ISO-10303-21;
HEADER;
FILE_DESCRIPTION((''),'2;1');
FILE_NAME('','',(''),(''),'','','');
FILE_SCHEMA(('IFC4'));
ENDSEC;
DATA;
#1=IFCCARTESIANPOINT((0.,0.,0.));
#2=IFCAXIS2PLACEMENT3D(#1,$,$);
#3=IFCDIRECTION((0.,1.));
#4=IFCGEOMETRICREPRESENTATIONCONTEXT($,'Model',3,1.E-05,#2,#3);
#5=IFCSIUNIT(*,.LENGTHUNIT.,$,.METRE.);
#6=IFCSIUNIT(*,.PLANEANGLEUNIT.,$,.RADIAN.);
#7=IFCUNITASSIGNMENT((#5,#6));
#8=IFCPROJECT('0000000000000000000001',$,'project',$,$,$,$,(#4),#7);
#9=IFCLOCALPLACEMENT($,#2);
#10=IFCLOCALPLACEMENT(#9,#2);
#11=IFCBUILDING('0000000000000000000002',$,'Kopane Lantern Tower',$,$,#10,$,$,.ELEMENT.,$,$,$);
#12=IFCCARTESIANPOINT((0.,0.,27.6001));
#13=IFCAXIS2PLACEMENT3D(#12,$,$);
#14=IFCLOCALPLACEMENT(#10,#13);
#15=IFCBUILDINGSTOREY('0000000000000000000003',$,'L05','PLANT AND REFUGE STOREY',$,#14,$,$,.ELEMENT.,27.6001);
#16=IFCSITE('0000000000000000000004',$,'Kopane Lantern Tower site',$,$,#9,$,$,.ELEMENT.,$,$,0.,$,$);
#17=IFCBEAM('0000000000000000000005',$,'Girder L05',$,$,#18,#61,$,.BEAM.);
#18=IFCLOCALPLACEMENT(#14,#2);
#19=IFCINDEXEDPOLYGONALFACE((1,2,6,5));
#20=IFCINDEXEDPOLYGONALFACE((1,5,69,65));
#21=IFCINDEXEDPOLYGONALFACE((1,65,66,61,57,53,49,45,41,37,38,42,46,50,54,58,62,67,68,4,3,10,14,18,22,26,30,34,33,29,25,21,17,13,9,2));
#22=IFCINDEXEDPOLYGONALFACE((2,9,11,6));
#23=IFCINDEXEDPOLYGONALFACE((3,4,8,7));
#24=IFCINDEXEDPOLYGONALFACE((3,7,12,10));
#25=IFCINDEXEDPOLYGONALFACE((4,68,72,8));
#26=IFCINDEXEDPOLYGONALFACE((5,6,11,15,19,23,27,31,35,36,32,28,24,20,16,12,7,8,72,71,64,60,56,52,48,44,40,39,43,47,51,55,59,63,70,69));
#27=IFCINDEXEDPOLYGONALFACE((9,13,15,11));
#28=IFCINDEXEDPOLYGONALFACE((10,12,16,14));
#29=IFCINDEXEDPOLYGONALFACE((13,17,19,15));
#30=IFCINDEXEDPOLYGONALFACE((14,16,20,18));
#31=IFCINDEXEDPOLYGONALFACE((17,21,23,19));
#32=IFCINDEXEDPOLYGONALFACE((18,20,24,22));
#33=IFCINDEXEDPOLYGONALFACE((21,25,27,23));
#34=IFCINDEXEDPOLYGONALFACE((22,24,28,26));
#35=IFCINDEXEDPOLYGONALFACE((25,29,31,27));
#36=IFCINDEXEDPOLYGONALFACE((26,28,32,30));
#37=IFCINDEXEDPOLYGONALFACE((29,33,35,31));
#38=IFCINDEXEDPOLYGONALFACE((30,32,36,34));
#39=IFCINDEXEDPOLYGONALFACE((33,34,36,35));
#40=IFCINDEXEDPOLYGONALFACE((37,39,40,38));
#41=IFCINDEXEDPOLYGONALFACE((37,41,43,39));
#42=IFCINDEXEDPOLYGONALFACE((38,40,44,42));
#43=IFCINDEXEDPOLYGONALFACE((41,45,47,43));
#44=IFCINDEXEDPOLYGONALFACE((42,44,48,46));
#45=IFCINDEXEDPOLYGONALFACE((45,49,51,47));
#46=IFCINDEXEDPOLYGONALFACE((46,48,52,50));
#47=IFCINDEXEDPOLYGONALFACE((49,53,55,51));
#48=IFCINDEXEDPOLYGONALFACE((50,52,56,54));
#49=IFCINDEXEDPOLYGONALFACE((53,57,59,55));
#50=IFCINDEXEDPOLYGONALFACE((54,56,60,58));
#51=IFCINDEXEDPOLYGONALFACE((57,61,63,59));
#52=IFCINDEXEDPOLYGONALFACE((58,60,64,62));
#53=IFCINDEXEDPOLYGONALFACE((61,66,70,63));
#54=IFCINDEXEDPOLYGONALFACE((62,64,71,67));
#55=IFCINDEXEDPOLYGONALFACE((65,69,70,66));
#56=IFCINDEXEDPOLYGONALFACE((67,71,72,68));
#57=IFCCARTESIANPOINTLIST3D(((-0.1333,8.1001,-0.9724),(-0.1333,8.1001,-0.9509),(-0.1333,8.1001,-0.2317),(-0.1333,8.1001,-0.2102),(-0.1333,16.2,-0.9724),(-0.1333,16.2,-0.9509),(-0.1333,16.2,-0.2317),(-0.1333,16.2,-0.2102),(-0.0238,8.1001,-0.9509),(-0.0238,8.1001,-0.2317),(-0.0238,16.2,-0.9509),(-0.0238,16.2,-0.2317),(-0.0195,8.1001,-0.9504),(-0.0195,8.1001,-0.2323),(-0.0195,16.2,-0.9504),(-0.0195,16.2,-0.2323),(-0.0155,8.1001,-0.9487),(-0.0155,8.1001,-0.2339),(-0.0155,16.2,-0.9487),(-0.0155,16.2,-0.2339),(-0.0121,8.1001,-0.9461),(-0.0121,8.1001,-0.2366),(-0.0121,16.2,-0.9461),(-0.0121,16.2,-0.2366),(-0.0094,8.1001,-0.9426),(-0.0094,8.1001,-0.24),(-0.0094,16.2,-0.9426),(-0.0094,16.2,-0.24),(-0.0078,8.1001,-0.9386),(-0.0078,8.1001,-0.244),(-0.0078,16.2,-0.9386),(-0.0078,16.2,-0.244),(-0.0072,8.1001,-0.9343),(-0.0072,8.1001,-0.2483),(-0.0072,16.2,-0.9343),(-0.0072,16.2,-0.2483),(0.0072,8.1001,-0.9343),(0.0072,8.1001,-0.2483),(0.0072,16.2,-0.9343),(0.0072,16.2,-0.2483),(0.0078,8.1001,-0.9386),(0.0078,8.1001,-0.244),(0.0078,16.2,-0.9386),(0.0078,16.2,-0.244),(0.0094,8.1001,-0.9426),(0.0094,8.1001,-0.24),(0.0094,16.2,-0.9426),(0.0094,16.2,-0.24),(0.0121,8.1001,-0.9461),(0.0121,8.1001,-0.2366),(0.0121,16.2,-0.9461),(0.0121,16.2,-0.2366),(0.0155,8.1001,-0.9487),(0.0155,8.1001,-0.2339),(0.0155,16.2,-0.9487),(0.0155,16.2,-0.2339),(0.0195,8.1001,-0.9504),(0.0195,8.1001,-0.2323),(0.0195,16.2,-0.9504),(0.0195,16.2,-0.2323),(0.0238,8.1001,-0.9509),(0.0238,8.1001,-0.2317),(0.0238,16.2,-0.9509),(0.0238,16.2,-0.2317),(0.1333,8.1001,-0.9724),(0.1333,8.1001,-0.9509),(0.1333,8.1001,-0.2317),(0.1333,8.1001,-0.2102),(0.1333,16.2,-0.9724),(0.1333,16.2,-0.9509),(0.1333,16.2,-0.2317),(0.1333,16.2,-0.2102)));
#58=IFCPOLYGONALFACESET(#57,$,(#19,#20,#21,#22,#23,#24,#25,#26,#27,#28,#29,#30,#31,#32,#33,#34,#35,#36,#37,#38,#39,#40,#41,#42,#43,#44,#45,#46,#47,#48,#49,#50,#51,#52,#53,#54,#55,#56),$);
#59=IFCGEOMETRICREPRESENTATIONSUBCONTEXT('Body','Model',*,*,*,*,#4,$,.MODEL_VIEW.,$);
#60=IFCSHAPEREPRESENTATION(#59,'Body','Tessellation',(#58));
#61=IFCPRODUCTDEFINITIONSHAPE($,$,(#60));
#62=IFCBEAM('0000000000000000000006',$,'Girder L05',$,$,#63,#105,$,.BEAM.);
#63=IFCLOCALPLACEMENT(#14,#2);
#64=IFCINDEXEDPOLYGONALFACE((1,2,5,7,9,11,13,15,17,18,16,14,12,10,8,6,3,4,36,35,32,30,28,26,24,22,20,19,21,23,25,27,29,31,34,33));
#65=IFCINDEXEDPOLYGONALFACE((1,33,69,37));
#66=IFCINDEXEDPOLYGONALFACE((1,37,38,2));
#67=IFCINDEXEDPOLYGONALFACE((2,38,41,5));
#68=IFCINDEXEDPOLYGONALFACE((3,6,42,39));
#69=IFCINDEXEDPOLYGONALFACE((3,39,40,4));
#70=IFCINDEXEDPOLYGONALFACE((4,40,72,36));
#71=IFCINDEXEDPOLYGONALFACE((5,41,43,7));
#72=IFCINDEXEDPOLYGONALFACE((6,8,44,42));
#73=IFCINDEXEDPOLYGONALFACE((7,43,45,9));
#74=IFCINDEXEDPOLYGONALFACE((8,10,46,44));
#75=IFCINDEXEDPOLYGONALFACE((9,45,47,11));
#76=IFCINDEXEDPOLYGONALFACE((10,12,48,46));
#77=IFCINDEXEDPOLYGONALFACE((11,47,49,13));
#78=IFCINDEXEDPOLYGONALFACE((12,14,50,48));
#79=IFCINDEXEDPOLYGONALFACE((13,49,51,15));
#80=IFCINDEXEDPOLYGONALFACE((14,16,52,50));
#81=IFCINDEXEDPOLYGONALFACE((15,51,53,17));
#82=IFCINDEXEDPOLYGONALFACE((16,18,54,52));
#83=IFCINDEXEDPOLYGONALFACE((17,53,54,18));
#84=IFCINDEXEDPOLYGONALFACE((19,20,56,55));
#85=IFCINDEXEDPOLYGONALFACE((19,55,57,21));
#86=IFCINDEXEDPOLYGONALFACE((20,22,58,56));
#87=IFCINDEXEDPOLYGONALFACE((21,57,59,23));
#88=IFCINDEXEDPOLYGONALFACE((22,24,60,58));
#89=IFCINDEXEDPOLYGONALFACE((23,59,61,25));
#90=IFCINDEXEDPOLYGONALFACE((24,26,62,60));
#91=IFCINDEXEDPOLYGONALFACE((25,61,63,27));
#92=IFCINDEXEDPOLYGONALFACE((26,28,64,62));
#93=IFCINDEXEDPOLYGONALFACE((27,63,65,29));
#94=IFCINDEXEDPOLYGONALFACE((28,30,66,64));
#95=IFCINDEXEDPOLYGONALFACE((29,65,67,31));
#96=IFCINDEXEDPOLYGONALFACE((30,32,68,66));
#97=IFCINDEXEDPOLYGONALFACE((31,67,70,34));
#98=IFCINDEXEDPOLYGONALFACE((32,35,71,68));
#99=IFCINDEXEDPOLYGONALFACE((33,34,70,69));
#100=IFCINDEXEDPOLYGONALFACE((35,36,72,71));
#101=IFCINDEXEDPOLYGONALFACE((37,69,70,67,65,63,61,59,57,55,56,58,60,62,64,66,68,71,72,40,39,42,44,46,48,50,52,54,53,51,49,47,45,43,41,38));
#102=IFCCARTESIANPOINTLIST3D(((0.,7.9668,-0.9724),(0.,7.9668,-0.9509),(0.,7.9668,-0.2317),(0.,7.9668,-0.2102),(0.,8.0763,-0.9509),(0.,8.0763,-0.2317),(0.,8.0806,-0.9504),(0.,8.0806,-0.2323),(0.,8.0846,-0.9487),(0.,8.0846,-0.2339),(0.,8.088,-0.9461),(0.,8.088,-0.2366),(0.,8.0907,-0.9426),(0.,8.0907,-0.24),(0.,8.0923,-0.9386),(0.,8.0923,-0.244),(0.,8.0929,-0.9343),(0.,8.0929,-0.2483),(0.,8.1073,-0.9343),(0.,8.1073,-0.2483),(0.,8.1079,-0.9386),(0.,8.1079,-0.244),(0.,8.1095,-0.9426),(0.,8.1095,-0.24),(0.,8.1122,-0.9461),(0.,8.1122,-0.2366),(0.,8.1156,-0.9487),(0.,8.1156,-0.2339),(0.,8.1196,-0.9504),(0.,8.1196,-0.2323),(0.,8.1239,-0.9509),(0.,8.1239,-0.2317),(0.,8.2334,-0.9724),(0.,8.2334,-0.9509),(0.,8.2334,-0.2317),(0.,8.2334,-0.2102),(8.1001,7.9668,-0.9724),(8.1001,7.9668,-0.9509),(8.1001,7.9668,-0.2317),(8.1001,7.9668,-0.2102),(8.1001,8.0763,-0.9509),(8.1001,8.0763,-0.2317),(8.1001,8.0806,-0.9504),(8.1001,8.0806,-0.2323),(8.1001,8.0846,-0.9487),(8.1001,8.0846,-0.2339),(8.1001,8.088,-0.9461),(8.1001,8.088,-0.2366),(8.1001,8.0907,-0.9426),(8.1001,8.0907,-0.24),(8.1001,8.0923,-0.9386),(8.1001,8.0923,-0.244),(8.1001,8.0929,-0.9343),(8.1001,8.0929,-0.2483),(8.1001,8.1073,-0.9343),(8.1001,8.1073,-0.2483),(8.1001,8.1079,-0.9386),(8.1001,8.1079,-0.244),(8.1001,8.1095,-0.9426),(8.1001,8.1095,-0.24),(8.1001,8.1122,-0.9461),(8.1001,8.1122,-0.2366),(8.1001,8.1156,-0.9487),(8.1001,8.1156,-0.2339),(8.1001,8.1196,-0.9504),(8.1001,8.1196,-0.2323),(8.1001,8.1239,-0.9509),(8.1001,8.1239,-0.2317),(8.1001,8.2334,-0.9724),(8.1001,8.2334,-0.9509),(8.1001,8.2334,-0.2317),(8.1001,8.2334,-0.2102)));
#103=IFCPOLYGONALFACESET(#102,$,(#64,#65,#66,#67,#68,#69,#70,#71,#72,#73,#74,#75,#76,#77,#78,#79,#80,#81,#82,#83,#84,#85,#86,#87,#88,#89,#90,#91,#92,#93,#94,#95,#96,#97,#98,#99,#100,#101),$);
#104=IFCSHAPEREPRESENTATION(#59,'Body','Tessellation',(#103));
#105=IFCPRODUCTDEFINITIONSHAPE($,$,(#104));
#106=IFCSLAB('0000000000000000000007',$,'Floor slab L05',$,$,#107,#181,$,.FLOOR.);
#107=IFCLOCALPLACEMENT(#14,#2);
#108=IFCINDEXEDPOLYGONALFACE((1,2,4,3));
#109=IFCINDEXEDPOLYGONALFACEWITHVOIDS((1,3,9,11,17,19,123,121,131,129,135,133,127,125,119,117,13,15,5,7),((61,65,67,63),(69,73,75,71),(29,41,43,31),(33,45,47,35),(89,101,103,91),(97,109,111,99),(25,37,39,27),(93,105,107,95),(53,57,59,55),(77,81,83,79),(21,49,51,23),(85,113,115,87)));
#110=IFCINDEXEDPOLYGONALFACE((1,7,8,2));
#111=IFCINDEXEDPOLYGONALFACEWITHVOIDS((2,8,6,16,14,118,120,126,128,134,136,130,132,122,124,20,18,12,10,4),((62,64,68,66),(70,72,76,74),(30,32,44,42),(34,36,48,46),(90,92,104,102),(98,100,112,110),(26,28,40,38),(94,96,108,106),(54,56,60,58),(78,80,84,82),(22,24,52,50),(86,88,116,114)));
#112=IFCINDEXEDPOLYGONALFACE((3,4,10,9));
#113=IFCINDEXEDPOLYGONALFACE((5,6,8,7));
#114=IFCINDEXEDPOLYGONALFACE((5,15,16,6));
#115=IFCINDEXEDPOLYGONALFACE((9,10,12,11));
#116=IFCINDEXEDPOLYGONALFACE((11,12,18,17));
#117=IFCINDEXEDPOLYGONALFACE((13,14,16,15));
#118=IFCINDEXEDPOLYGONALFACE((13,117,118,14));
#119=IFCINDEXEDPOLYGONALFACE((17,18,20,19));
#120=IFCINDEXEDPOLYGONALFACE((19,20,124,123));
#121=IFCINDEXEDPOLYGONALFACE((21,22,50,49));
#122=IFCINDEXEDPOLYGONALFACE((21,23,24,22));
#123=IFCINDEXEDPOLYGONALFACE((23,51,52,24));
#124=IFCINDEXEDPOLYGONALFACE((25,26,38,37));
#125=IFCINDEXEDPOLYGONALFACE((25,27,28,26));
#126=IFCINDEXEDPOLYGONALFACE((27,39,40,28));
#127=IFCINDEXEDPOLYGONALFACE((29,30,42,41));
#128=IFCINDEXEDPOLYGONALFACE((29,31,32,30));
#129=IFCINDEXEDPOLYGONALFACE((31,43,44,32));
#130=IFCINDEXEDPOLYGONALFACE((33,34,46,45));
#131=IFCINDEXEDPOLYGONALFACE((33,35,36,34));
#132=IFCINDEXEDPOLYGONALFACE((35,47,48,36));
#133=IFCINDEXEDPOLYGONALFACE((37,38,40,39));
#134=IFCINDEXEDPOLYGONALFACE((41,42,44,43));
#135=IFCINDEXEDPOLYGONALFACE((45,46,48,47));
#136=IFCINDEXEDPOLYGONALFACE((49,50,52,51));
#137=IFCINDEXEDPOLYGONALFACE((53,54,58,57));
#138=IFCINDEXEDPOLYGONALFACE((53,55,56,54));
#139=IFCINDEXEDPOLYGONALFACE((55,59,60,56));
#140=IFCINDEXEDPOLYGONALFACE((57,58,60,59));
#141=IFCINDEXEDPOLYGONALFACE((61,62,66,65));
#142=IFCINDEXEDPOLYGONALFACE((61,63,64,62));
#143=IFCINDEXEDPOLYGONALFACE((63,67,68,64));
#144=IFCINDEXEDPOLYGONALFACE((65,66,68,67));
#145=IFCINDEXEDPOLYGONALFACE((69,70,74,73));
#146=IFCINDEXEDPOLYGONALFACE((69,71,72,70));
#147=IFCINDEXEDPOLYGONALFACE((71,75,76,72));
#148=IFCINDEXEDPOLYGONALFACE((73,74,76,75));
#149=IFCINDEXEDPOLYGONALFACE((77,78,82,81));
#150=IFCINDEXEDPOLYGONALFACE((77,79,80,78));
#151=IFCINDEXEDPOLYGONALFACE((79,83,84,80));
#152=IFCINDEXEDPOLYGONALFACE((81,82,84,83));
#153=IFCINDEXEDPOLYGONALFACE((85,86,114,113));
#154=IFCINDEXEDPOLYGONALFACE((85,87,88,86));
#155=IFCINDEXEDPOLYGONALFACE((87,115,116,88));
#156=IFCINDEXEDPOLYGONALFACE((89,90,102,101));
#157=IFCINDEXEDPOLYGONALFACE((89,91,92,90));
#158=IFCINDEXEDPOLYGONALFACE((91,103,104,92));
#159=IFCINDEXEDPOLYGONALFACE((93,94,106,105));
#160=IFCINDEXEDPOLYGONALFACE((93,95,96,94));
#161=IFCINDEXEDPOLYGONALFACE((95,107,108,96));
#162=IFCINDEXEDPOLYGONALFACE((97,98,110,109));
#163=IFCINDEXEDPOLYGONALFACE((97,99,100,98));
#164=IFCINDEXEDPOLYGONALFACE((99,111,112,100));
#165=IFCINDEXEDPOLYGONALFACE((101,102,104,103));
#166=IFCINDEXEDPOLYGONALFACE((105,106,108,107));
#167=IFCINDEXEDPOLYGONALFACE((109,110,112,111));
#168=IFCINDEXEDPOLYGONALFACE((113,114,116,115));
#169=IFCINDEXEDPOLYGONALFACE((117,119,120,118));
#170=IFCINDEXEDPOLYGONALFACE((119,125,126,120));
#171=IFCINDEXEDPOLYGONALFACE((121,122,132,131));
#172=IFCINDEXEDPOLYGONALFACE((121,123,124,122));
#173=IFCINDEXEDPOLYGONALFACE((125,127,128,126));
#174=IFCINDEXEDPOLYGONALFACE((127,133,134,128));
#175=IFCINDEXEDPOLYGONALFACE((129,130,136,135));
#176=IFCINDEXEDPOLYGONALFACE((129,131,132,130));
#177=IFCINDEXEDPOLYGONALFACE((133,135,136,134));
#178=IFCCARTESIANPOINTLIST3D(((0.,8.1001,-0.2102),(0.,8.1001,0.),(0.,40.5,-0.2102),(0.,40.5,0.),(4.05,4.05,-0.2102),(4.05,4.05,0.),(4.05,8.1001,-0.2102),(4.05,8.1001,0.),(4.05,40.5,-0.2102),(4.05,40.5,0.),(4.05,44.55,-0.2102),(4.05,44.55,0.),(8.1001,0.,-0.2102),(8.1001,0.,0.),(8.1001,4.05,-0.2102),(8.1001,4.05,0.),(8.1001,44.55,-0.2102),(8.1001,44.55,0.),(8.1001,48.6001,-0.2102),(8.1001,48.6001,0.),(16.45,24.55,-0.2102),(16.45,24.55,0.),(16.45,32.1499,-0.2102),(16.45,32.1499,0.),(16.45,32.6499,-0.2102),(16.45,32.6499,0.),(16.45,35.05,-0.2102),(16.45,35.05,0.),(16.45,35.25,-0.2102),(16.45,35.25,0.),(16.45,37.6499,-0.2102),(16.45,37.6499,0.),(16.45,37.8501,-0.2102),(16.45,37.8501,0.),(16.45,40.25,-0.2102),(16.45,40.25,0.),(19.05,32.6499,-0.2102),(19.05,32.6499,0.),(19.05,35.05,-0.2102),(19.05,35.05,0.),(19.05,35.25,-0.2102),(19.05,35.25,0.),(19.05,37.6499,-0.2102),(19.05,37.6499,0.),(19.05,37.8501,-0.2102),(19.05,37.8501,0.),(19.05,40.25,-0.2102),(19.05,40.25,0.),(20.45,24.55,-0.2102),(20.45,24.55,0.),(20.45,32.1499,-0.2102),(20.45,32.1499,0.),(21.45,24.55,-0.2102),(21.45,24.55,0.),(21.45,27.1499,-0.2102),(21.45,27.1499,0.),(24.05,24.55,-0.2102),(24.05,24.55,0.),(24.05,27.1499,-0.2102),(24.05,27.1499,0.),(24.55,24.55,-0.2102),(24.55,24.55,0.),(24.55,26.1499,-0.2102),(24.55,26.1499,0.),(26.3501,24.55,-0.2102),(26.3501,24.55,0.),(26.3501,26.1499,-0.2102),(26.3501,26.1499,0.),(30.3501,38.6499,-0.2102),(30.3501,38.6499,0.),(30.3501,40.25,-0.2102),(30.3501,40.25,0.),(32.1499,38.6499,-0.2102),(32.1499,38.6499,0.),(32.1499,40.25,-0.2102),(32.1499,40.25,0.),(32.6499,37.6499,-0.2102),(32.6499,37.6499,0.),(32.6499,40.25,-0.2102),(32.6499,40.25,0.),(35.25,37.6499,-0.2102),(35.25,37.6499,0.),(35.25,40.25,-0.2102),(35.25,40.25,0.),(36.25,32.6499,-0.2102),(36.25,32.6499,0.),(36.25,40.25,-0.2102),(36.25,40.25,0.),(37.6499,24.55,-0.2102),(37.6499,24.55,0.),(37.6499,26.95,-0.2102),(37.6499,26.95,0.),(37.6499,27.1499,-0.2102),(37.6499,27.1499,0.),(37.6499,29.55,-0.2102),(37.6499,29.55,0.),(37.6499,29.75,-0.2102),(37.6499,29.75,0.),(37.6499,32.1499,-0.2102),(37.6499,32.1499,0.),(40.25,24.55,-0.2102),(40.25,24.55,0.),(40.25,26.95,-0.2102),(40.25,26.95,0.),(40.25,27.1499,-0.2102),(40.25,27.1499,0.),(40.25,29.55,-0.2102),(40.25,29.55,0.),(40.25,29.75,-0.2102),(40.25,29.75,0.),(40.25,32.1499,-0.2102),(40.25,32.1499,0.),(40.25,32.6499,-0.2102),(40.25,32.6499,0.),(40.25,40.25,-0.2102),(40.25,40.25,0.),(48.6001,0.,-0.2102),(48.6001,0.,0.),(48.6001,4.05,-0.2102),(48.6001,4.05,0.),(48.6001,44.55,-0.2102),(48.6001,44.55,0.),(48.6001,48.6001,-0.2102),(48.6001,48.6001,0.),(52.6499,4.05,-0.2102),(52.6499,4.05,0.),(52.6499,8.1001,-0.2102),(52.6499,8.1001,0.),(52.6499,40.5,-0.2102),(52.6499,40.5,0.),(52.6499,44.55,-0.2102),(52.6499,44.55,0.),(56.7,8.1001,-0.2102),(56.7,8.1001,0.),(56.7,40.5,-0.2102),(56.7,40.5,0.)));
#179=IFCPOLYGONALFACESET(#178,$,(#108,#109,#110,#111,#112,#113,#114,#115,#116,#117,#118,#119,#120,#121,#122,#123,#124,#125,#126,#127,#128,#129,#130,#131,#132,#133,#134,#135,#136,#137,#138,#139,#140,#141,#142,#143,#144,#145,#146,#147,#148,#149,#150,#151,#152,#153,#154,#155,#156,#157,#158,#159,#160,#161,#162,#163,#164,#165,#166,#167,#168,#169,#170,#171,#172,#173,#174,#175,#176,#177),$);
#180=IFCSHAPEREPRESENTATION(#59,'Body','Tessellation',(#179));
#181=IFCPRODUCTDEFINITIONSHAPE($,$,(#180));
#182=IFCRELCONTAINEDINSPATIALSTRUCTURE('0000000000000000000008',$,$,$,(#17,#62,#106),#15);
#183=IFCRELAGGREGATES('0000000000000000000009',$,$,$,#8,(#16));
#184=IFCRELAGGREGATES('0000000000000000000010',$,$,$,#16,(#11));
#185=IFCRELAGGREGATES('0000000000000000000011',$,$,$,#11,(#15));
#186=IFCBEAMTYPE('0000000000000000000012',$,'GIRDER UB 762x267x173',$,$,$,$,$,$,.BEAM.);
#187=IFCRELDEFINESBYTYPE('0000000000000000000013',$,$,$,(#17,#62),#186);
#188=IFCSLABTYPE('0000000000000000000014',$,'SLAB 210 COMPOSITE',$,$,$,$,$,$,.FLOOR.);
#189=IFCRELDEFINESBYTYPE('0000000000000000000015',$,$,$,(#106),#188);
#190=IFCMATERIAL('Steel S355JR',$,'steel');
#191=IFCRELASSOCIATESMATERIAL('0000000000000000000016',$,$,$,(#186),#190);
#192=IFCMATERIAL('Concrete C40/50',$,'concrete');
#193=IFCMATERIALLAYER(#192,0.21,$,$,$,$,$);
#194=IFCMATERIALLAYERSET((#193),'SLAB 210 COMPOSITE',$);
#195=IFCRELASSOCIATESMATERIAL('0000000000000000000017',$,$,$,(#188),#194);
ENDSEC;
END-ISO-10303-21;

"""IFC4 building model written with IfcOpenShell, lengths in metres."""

from ifc_helpers import new_model, si_unit, direction, frame, origin, origin_2d, place, context, subcontext, project, spatial, polyline, i_section, outline, extrude, material, layer, layer_set, material_profile, profile_set, type_object, element, save


model = new_model("IFC4")

# Units and contexts
model_context = context("Model", 3, precision=1e-05, world=origin(), true_north=direction((0.0, 1.0)))
body_context = subcontext(model_context, "Body", "Model", "MODEL_VIEW")
ifc_project = project(units=[si_unit("LENGTHUNIT", "METRE"), si_unit("PLANEANGLEUNIT", "RADIAN")], contexts=[model_context])

# Site, building, storey
site_placement = place(None, origin())
site = spatial("IfcSite", under=ifc_project, at=site_placement, Name="Kopane Lantern Tower site", CompositionType="ELEMENT", RefElevation=0.0)
building_placement = place(site_placement, origin())
building = spatial("IfcBuilding", under=site, at=building_placement, Name="Kopane Lantern Tower", CompositionType="ELEMENT")
storey_placement = place(building_placement, frame((0.0, 0.0, 27.6001)))
storey = spatial("IfcBuildingStorey", under=building, at=storey_placement, Name="L05", Description="PLANT AND REFUGE STOREY", CompositionType="ELEMENT", Elevation=27.6001)

# Beams
ifc_material_1 = material(Name="Steel S355JR", Category="steel")
ifc_material_profile_1 = material_profile(ifc_material_1, i_section(OverallWidth=0.2666, OverallDepth=0.7622, WebThickness=0.0144, FlangeThickness=0.0215, FilletRadius=0.0166, at=origin_2d()), Name="UB 762x267x173")
ifc_profile_set_1 = profile_set([ifc_material_profile_1], Name="Steel S355JR")
beam_type_1 = type_object("IfcBeamType", Name="GIRDER UB 762x267x173", PredefinedType="BEAM", material=ifc_profile_set_1)
beam_1_placement = place(storey_placement, frame((0.0, 8.1001, -0.5913), z_axis=(0.0, 1.0, 0.0), x_axis=(-1.0, 0.0, 0.0)))
element("IfcBeam", 1, at=beam_1_placement, inside=storey, type_object=beam_type_1, Name="Girder L05", PredefinedType="BEAM", context=body_context, shape_type="SweptSolid", body=[
    extrude(i_section(OverallWidth=0.2666, OverallDepth=0.7622, WebThickness=0.0144, FlangeThickness=0.0215, FilletRadius=0.0166, at=origin_2d()), origin(), (0.0, 0.0, 1.0), 8.0999),
])
beam_2_placement = place(storey_placement, frame((0.0, 8.1001, -0.5913), z_axis=(1.0, 0.0, 0.0), x_axis=(0.0, 1.0, 0.0)))
element("IfcBeam", 2, at=beam_2_placement, inside=storey, type_object=beam_type_1, Name="Girder L05", PredefinedType="BEAM", context=body_context, shape_type="SweptSolid", body=[
    extrude(i_section(OverallWidth=0.2666, OverallDepth=0.7622, WebThickness=0.0144, FlangeThickness=0.0215, FilletRadius=0.0166, at=origin_2d()), origin(), (0.0, 0.0, 1.0), 8.1001),
])

# Slab
ifc_material_2 = material(Name="Concrete C40/50", Category="concrete")
ifc_layer_1 = layer(ifc_material_2, 0.21)
ifc_layer_set_1 = layer_set([ifc_layer_1], Name="SLAB 210 COMPOSITE")
slab_type_1 = type_object("IfcSlabType", Name="SLAB 210 COMPOSITE", PredefinedType="FLOOR", material=ifc_layer_set_1)
slab_1_placement = place(storey_placement, frame((0.0, 0.0, -0.2102)))
element("IfcSlab", 3, at=slab_1_placement, inside=storey, type_object=slab_type_1, Name="Floor slab L05", PredefinedType="FLOOR", context=body_context, shape_type="SweptSolid", body=[
    extrude(outline(polyline([(8.1001, 0.0), (48.6001, 0.0), (48.6001, 4.05), (52.6499, 4.05), (52.6499, 8.1001), (56.7, 8.1001), (56.7, 40.5), (52.6499, 40.5), (52.6499, 44.55), (48.6001, 44.55), (48.6001, 48.6001), (8.1001, 48.6001), (8.1001, 44.55), (4.05, 44.55), (4.05, 40.5), (0.0, 40.5), (0.0, 8.1001), (4.05, 8.1001), (4.05, 4.05), (8.1001, 4.05), (8.1001, 0.0)]), holes=[polyline([(16.45, 24.55), (20.45, 24.55), (20.45, 32.1499), (16.45, 32.1499), (16.45, 24.55)]), polyline([(36.25, 32.6499), (40.25, 32.6499), (40.25, 40.25), (36.25, 40.25), (36.25, 32.6499)]), polyline([(16.45, 32.6499), (19.05, 32.6499), (19.05, 35.05), (16.45, 35.05), (16.45, 32.6499)]), polyline([(16.45, 35.25), (19.05, 35.25), (19.05, 37.6499), (16.45, 37.6499), (16.45, 35.25)]), polyline([(16.45, 37.8501), (19.05, 37.8501), (19.05, 40.25), (16.45, 40.25), (16.45, 37.8501)]), polyline([(37.6499, 24.55), (40.25, 24.55), (40.25, 26.95), (37.6499, 26.95), (37.6499, 24.55)]), polyline([(37.6499, 27.1499), (40.25, 27.1499), (40.25, 29.55), (37.6499, 29.55), (37.6499, 27.1499)]), polyline([(37.6499, 29.75), (40.25, 29.75), (40.25, 32.1499), (37.6499, 32.1499), (37.6499, 29.75)]), polyline([(21.45, 24.55), (24.05, 24.55), (24.05, 27.1499), (21.45, 27.1499), (21.45, 24.55)]), polyline([(32.6499, 37.6499), (35.25, 37.6499), (35.25, 40.25), (32.6499, 40.25), (32.6499, 37.6499)]), polyline([(24.55, 24.55), (26.3501, 24.55), (26.3501, 26.1499), (24.55, 26.1499), (24.55, 24.55)]), polyline([(30.3501, 38.6499), (32.1499, 38.6499), (32.1499, 40.25), (30.3501, 40.25), (30.3501, 38.6499)])]), origin(), (0.0, 0.0, 1.0), 0.2102),
])

save(model, "model.ifc")
